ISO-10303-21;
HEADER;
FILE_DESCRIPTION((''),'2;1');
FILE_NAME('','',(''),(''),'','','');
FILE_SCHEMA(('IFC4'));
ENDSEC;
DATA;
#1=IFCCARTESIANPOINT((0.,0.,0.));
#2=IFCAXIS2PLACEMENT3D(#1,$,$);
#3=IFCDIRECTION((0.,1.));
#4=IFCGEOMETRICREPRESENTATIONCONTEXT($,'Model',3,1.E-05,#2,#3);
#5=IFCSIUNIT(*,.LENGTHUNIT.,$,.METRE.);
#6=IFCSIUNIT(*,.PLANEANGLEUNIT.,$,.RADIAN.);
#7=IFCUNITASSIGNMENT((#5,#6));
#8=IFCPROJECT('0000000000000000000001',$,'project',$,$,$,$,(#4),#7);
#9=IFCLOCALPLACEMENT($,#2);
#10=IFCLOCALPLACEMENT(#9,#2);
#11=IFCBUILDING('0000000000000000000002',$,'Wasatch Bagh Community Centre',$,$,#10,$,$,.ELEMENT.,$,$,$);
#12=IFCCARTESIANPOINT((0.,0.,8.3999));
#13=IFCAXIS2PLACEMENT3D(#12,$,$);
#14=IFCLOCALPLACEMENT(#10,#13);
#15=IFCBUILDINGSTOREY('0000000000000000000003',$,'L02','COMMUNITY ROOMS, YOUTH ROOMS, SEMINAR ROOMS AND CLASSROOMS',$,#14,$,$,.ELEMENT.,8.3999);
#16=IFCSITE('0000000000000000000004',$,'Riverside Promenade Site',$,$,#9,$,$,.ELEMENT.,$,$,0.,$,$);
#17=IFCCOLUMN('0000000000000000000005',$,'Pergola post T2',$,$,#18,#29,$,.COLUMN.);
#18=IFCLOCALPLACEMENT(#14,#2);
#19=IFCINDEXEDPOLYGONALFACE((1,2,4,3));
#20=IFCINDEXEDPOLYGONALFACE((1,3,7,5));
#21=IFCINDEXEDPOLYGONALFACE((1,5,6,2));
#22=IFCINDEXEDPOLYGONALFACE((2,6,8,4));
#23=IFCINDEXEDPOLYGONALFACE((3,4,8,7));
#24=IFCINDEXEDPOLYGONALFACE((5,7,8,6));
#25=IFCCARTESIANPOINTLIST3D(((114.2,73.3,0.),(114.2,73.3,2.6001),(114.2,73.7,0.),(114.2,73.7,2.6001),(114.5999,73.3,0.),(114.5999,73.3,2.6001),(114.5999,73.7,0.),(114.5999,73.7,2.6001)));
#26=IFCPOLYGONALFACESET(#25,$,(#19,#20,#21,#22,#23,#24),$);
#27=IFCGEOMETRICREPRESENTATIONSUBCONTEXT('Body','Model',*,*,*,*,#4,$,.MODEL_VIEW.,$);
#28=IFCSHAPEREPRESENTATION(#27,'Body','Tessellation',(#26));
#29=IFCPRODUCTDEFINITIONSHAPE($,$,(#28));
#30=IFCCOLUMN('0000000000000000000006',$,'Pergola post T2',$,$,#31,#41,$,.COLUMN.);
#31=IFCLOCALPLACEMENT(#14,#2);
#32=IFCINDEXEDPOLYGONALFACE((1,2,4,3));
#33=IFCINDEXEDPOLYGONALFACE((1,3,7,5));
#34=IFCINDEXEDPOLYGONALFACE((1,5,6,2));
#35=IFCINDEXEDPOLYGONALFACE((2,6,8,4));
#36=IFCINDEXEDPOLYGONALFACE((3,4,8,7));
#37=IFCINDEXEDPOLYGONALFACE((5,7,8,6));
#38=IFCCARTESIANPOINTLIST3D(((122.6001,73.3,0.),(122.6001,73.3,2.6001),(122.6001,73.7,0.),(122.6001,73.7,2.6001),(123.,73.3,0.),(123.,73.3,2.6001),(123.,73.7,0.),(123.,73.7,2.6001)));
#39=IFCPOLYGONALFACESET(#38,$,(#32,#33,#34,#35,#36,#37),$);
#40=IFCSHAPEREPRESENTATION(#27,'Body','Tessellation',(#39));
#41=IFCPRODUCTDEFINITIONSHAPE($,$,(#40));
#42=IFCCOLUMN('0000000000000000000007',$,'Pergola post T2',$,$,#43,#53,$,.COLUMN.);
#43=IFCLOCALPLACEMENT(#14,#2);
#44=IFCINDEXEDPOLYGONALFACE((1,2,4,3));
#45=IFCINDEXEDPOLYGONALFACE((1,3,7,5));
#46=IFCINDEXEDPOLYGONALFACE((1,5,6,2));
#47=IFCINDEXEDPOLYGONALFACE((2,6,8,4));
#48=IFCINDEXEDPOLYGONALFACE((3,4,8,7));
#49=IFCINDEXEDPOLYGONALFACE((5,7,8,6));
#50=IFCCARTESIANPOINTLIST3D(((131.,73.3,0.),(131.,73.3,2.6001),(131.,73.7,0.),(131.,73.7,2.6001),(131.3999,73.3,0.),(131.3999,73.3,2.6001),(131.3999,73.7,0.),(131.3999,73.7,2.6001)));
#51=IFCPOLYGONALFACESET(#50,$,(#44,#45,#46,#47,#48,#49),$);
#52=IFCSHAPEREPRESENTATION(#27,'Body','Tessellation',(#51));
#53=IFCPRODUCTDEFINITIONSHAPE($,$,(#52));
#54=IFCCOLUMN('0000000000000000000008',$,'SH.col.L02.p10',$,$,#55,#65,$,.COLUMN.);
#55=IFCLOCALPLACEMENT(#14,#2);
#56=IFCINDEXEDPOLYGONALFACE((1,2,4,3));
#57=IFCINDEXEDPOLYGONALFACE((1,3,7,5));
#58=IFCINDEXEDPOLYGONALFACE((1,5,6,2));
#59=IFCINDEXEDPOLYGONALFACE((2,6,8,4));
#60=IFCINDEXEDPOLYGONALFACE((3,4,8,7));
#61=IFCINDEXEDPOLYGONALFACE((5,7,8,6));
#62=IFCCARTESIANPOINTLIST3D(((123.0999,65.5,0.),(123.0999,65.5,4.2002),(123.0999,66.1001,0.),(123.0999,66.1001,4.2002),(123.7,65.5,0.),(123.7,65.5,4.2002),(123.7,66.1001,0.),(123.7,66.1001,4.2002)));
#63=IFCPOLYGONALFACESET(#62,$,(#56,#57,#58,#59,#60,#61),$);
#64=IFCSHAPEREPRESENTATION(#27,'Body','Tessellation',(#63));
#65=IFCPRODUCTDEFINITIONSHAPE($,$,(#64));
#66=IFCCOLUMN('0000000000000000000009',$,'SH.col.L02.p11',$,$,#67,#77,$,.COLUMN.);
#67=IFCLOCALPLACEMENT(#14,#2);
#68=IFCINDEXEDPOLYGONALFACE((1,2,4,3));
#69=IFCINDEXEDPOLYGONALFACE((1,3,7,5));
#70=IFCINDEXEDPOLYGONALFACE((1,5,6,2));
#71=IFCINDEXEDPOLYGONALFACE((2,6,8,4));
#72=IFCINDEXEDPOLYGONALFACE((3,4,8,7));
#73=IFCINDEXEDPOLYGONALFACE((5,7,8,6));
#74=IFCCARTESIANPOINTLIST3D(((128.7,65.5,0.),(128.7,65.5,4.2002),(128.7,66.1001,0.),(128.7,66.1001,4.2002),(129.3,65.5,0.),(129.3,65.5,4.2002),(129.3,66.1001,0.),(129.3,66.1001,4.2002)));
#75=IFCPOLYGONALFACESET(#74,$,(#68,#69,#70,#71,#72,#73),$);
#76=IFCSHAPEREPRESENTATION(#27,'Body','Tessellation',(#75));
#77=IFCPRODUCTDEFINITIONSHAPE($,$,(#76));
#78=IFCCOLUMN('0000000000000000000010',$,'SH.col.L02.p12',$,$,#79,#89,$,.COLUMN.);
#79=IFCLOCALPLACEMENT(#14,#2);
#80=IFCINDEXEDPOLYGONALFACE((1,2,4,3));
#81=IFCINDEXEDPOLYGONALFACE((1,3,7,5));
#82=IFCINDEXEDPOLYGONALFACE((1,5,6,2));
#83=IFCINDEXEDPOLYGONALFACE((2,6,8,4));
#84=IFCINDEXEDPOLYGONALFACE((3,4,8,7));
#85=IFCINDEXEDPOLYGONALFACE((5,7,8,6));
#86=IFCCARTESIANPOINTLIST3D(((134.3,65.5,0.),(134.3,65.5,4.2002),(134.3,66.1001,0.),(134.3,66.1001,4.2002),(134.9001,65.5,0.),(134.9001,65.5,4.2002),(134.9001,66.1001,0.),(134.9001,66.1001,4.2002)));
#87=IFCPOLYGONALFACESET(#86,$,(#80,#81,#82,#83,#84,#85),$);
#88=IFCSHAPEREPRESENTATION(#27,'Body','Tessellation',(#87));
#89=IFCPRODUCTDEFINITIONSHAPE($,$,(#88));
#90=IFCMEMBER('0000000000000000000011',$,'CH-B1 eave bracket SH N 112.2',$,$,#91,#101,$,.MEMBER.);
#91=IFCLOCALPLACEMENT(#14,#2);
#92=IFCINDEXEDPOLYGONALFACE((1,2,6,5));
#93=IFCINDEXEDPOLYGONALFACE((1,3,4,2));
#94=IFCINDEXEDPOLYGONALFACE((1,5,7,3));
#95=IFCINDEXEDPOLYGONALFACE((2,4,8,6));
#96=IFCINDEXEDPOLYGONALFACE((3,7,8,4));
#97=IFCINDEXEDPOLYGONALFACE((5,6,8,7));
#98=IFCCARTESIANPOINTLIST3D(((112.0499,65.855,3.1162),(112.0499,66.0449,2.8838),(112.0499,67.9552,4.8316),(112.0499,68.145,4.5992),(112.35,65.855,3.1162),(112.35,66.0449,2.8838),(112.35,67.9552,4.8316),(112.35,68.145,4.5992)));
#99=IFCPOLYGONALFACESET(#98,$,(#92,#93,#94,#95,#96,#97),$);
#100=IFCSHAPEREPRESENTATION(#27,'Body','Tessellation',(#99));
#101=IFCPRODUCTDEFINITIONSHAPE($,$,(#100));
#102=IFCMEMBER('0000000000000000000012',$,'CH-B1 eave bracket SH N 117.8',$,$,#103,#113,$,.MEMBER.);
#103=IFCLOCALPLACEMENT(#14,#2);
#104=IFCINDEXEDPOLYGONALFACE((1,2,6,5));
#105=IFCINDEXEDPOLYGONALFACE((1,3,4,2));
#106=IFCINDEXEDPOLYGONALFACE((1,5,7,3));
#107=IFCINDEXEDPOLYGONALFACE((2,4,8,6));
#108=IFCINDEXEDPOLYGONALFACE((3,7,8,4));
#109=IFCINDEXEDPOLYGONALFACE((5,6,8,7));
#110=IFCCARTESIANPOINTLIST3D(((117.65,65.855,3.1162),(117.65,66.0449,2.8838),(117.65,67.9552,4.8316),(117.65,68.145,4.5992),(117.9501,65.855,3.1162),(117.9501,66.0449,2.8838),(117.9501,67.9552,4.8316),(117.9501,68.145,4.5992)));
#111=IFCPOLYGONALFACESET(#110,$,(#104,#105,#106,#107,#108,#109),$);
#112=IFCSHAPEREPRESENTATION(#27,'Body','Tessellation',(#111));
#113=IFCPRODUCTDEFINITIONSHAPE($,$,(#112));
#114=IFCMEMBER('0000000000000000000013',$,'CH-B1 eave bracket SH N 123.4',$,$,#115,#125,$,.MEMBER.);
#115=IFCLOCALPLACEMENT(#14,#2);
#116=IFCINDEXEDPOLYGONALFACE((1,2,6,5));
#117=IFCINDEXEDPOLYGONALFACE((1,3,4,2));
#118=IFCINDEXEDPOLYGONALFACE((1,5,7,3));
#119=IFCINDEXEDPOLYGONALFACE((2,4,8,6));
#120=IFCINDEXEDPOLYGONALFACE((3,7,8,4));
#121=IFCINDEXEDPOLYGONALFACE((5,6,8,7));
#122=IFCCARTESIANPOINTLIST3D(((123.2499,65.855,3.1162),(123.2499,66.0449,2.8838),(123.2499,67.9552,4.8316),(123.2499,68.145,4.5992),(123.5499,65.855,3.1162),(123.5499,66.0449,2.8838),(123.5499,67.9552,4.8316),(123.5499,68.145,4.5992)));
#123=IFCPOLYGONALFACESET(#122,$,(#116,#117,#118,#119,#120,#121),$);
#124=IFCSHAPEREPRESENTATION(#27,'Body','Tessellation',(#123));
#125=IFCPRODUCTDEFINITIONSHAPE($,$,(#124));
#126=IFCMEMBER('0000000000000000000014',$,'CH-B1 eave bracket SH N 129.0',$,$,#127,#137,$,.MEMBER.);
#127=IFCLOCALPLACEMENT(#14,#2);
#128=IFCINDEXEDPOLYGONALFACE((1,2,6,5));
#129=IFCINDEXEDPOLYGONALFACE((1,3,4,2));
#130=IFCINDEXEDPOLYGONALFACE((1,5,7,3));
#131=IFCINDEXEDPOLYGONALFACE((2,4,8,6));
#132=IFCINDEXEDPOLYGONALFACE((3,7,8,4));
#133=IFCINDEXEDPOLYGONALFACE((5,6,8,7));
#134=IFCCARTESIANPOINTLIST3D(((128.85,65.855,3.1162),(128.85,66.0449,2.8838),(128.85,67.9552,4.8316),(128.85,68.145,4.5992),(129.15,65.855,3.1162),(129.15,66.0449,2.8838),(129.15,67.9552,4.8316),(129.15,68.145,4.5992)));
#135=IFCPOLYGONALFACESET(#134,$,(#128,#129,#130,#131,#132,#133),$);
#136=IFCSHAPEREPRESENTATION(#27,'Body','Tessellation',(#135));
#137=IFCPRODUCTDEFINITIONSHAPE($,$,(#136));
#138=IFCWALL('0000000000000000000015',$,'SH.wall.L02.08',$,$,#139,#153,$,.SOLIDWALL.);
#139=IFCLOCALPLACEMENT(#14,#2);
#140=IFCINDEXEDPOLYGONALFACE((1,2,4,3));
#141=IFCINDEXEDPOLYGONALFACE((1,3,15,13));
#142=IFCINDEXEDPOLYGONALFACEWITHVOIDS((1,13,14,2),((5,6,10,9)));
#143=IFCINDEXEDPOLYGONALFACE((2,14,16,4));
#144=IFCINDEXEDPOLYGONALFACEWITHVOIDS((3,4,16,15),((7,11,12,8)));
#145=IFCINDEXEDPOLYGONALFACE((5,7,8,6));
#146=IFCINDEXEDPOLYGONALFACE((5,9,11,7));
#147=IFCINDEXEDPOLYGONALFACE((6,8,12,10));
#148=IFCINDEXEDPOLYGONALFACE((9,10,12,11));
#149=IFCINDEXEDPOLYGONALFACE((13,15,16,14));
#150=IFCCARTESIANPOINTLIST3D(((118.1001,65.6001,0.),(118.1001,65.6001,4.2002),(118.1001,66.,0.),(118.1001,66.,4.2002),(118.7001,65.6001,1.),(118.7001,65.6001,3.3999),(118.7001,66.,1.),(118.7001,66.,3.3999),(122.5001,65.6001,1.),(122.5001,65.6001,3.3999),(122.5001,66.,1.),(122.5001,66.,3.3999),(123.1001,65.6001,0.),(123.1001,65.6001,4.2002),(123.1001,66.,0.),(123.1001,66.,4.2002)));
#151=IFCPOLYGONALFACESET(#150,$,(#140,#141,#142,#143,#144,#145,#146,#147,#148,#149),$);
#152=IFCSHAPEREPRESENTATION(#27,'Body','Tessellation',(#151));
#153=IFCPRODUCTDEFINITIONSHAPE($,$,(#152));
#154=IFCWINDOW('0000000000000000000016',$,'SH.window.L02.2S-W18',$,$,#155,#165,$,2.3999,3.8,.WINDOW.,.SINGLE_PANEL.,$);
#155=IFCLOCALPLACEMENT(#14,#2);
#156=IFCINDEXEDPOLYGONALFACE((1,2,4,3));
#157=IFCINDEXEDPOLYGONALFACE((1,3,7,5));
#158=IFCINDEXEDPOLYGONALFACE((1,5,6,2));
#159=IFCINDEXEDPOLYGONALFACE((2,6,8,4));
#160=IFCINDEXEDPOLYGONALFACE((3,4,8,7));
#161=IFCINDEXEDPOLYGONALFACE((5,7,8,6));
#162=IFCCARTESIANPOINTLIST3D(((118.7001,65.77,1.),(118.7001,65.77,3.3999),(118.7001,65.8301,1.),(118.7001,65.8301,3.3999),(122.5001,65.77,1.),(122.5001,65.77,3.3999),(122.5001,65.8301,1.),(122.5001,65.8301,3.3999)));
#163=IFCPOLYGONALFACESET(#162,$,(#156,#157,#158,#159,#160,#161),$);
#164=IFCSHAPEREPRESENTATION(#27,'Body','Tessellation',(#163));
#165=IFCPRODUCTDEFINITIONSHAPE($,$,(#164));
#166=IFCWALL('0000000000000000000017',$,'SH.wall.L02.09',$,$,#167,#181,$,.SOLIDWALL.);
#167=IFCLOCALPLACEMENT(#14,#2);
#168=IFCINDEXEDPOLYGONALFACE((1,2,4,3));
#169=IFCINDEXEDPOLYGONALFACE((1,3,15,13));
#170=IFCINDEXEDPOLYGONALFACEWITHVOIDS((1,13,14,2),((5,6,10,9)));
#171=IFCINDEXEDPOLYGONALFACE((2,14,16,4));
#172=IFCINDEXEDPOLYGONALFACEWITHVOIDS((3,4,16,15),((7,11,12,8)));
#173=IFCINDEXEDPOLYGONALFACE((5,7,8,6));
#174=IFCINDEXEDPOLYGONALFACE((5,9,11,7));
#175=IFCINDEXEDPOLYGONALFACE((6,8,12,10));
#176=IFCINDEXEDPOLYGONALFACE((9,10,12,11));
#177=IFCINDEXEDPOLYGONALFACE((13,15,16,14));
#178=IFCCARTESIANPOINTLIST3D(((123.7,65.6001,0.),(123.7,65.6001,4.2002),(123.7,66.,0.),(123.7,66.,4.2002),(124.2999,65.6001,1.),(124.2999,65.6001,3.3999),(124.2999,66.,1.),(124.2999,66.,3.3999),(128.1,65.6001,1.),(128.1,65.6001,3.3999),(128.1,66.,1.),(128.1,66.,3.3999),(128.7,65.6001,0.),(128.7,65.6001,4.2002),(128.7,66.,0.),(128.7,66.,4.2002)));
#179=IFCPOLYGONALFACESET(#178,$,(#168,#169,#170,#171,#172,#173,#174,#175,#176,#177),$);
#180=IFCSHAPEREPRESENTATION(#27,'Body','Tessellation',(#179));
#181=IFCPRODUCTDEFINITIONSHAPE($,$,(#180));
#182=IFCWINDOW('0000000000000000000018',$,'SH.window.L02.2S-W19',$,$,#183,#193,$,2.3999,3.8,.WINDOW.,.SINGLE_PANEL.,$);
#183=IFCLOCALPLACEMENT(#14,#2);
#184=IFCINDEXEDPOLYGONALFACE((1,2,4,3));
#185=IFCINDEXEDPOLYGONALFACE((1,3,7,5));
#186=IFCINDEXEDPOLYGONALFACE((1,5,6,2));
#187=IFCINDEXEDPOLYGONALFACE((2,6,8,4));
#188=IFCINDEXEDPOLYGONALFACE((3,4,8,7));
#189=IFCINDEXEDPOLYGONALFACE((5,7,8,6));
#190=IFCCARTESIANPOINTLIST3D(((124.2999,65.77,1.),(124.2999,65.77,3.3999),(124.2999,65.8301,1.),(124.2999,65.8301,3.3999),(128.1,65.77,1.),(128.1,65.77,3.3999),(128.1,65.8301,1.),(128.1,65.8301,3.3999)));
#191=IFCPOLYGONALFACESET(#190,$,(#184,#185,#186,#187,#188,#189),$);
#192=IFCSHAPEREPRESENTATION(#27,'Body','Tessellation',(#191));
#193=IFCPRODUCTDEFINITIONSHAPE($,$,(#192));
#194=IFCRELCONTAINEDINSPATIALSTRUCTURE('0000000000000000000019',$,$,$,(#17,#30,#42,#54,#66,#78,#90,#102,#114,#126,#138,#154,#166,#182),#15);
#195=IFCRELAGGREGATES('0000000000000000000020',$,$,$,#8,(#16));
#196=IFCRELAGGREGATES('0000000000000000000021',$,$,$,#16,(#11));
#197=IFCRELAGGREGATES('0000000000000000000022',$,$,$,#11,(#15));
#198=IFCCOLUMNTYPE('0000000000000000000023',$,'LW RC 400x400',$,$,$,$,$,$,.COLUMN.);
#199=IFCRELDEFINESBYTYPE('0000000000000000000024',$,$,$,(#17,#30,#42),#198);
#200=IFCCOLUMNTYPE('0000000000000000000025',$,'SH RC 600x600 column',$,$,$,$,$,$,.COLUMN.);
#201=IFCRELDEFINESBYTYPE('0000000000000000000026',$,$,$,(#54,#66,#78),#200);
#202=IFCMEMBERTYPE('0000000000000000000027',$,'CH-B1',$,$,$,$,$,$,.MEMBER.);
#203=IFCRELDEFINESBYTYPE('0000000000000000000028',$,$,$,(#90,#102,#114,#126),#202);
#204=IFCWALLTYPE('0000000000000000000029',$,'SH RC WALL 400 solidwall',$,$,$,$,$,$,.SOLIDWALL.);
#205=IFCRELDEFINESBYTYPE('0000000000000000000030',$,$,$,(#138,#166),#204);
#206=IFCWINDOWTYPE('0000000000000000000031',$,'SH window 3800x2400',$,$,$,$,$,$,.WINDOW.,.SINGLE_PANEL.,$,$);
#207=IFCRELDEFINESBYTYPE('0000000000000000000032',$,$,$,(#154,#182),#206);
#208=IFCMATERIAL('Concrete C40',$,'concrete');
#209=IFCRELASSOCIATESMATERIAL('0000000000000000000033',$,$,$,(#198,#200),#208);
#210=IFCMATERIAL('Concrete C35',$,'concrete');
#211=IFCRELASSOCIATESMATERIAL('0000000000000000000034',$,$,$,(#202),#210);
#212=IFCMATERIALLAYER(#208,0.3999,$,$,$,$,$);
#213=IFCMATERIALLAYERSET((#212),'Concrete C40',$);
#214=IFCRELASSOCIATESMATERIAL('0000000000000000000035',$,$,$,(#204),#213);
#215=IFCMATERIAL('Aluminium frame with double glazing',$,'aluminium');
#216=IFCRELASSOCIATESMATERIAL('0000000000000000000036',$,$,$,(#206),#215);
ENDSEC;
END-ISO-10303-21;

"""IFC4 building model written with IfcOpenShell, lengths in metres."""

from ifc_helpers import new_model, si_unit, direction, frame, frame_2d, origin, origin_2d, place, context, subcontext, project, spatial, rectangle, extrude, material, layer, layer_set, material_profile, profile_set, type_object, element, fill, save


model = new_model("IFC4")

# Units and contexts
model_context = context("Model", 3, precision=1e-05, world=origin(), true_north=direction((0.0, 1.0)))
body_context = subcontext(model_context, "Body", "Model", "MODEL_VIEW")
ifc_project = project(units=[si_unit("LENGTHUNIT", "METRE"), si_unit("PLANEANGLEUNIT", "RADIAN")], contexts=[model_context])

# Site, building, storey
site_placement = place(None, origin())
site = spatial("IfcSite", under=ifc_project, at=site_placement, Name="Riverside Promenade Site", CompositionType="ELEMENT", RefElevation=0.0)
building_placement = place(site_placement, origin())
building = spatial("IfcBuilding", under=site, at=building_placement, Name="Wasatch Bagh Community Centre", CompositionType="ELEMENT")
storey_placement = place(building_placement, frame((0.0, 0.0, 8.3999)))
storey = spatial("IfcBuildingStorey", under=building, at=storey_placement, Name="L02", Description="COMMUNITY ROOMS, YOUTH ROOMS, SEMINAR ROOMS AND CLASSROOMS", CompositionType="ELEMENT", Elevation=8.3999)

# Columns
ifc_material_1 = material(Name="Concrete C40", Category="concrete")
ifc_material_profile_1 = material_profile(ifc_material_1, rectangle(XDim=0.3999, YDim=0.3999, at=origin_2d()), Name="RC 400x400")
ifc_profile_set_1 = profile_set([ifc_material_profile_1], Name="Concrete C40")
column_type_1 = type_object("IfcColumnType", Name="LW RC 400x400", PredefinedType="COLUMN", material=ifc_profile_set_1)
for number, where, z_axis, x_axis, name in (
    (1, (114.3999, 73.5, 0.0), (0.0, 0.0, 1.0), (1.0, 0.0, 0.0), "Pergola post T2"),
    (2, (122.8, 73.5, 0.0), (0.0, 0.0, 1.0), (1.0, 0.0, 0.0), "Pergola post T2"),
    (3, (131.2, 73.5, 0.0), (0.0, 0.0, 1.0), (1.0, 0.0, 0.0), "Pergola post T2"),
):
    element("IfcColumn", number, at=place(storey_placement, frame(where, z_axis=z_axis, x_axis=x_axis)), inside=storey, type_object=column_type_1, Name=name, PredefinedType="COLUMN", context=body_context, shape_type="SweptSolid", body=[
        extrude(rectangle(XDim=0.3999, YDim=0.3999, at=origin_2d()), origin(), (0.0, 0.0, 1.0), 2.6001),
    ])
ifc_material_profile_2 = material_profile(ifc_material_1, rectangle(XDim=0.6001, YDim=0.6001, at=origin_2d()), Name="RC 600x600")
ifc_profile_set_2 = profile_set([ifc_material_profile_2], Name="Concrete C40")
column_type_2 = type_object("IfcColumnType", Name="SH RC 600x600 column", PredefinedType="COLUMN", material=ifc_profile_set_2)
for number, where, z_axis, x_axis, name in (
    (4, (123.3999, 65.8, 0.0), (0.0, 0.0, 1.0), (1.0, 0.0, 0.0), "SH.col.L02.p10"),
    (5, (129.0, 65.8, 0.0), (0.0, 0.0, 1.0), (1.0, 0.0, 0.0), "SH.col.L02.p11"),
    (6, (134.6001, 65.8, 0.0), (0.0, 0.0, 1.0), (1.0, 0.0, 0.0), "SH.col.L02.p12"),
):
    element("IfcColumn", number, at=place(storey_placement, frame(where, z_axis=z_axis, x_axis=x_axis)), inside=storey, type_object=column_type_2, Name=name, PredefinedType="COLUMN", context=body_context, shape_type="SweptSolid", body=[
        extrude(rectangle(XDim=0.6001, YDim=0.6001, at=origin_2d()), origin(), (0.0, 0.0, 1.0), 4.2002),
    ])

# Members
ifc_material_2 = material(Name="Concrete C35", Category="concrete")
ifc_material_profile_3 = material_profile(ifc_material_2, rectangle(XDim=0.3, YDim=0.3, at=origin_2d()), Name="RC 300x300")
ifc_profile_set_3 = profile_set([ifc_material_profile_3], Name="Concrete C35")
member_type = type_object("IfcMemberType", Name="CH-B1", PredefinedType="MEMBER", material=ifc_profile_set_3)
for number, where, z_axis, x_axis, name in (
    (7, (112.2, 65.95, 3.0), (0.0, 0.774487, 0.63259), (-1.0, 0.0, 0.0), "CH-B1 eave bracket SH N 112.2"),
    (8, (117.8, 65.95, 3.0), (0.0, 0.774487, 0.63259), (-1.0, 0.0, 0.0), "CH-B1 eave bracket SH N 117.8"),
    (9, (123.3999, 65.95, 3.0), (0.0, 0.774487, 0.63259), (-1.0, 0.0, 0.0), "CH-B1 eave bracket SH N 123.4"),
    (10, (129.0, 65.95, 3.0), (0.0, 0.774487, 0.63259), (-1.0, 0.0, 0.0), "CH-B1 eave bracket SH N 129.0"),
):
    element("IfcMember", number, at=place(storey_placement, frame(where, z_axis=z_axis, x_axis=x_axis)), inside=storey, type_object=member_type, Name=name, PredefinedType="MEMBER", context=body_context, shape_type="SweptSolid", body=[
        extrude(rectangle(XDim=0.3, YDim=0.3, at=origin_2d()), origin(), (0.0, 0.0, 1.0), 2.7117),
    ])

# Walls, openings, windows
ifc_layer_1 = layer(ifc_material_1, 0.3999)
ifc_layer_set_1 = layer_set([ifc_layer_1], Name="Concrete C40")
wall_type = type_object("IfcWallType", Name="SH RC WALL 400 solidwall", PredefinedType="SOLIDWALL", material=ifc_layer_set_1)
wall_1_placement = place(storey_placement, frame((118.1001, 65.8, 0.0), z_axis=(0.0, 0.0, 1.0), x_axis=(1.0, 0.0, 0.0)))
wall_1 = element("IfcWall", 11, at=wall_1_placement, inside=storey, type_object=wall_type, Name="SH.wall.L02.08", PredefinedType="SOLIDWALL", context=body_context, shape_type="SweptSolid", body=[
    extrude(rectangle(XDim=5.0, YDim=0.3999, at=frame_2d((2.5, 0.0))), origin(), (0.0, 0.0, 1.0), 4.2002),
])
opening_1_placement = place(wall_1_placement, frame((0.6001, 0.0, 1.0)))
opening_1 = element("IfcOpeningElement", 12, at=opening_1_placement, cuts=wall_1, PredefinedType="OPENING", context=body_context, shape_type="SweptSolid", body=[
    extrude(rectangle(XDim=3.8, YDim=2.3999, at=frame_2d((1.8999, 1.2))), frame((0.0, 0.21, 0.0), z_axis=(0.0, -1.0, 0.0), x_axis=(1.0, 0.0, 0.0)), (0.0, 0.0, 1.0), 0.4199),
])
ifc_material_3 = material(Name="Aluminium frame with double glazing", Category="aluminium")
window_type = type_object("IfcWindowType", Name="SH window 3800x2400", PartitioningType="SINGLE_PANEL", PredefinedType="WINDOW", material=ifc_material_3)
window_1_placement = place(opening_1_placement, origin())
window_1 = element("IfcWindow", 13, at=window_1_placement, inside=storey, type_object=window_type, Name="SH.window.L02.2S-W18", OverallHeight=2.3999, OverallWidth=3.8, PartitioningType="SINGLE_PANEL", PredefinedType="WINDOW", context=body_context, shape_type="SweptSolid", body=[
    extrude(rectangle(XDim=3.8, YDim=2.3999, at=frame_2d((1.8999, 1.2))), frame((0.0, 0.03, 0.0), z_axis=(0.0, -1.0, 0.0), x_axis=(1.0, 0.0, 0.0)), (0.0, 0.0, 1.0), 0.0601),
])
fill(opening_1, window_1)
wall_2_placement = place(storey_placement, frame((123.7, 65.8, 0.0), z_axis=(0.0, 0.0, 1.0), x_axis=(1.0, 0.0, 0.0)))
wall_2 = element("IfcWall", 14, at=wall_2_placement, inside=storey, type_object=wall_type, Name="SH.wall.L02.09", PredefinedType="SOLIDWALL", context=body_context, shape_type="SweptSolid", body=[
    extrude(rectangle(XDim=5.0, YDim=0.3999, at=frame_2d((2.5, 0.0))), origin(), (0.0, 0.0, 1.0), 4.2002),
])
opening_2_placement = place(wall_2_placement, frame((0.6001, 0.0, 1.0)))
opening_2 = element("IfcOpeningElement", 15, at=opening_2_placement, cuts=wall_2, PredefinedType="OPENING", context=body_context, shape_type="SweptSolid", body=[
    extrude(rectangle(XDim=3.8, YDim=2.3999, at=frame_2d((1.8999, 1.2))), frame((0.0, 0.21, 0.0), z_axis=(0.0, -1.0, 0.0), x_axis=(1.0, 0.0, 0.0)), (0.0, 0.0, 1.0), 0.4199),
])
window_2_placement = place(opening_2_placement, origin())
window_2 = element("IfcWindow", 16, at=window_2_placement, inside=storey, type_object=window_type, Name="SH.window.L02.2S-W19", OverallHeight=2.3999, OverallWidth=3.8, PartitioningType="SINGLE_PANEL", PredefinedType="WINDOW", context=body_context, shape_type="SweptSolid", body=[
    extrude(rectangle(XDim=3.8, YDim=2.3999, at=frame_2d((1.8999, 1.2))), frame((0.0, 0.03, 0.0), z_axis=(0.0, -1.0, 0.0), x_axis=(1.0, 0.0, 0.0)), (0.0, 0.0, 1.0), 0.0601),
])
fill(opening_2, window_2)

save(model, "model.ifc")
